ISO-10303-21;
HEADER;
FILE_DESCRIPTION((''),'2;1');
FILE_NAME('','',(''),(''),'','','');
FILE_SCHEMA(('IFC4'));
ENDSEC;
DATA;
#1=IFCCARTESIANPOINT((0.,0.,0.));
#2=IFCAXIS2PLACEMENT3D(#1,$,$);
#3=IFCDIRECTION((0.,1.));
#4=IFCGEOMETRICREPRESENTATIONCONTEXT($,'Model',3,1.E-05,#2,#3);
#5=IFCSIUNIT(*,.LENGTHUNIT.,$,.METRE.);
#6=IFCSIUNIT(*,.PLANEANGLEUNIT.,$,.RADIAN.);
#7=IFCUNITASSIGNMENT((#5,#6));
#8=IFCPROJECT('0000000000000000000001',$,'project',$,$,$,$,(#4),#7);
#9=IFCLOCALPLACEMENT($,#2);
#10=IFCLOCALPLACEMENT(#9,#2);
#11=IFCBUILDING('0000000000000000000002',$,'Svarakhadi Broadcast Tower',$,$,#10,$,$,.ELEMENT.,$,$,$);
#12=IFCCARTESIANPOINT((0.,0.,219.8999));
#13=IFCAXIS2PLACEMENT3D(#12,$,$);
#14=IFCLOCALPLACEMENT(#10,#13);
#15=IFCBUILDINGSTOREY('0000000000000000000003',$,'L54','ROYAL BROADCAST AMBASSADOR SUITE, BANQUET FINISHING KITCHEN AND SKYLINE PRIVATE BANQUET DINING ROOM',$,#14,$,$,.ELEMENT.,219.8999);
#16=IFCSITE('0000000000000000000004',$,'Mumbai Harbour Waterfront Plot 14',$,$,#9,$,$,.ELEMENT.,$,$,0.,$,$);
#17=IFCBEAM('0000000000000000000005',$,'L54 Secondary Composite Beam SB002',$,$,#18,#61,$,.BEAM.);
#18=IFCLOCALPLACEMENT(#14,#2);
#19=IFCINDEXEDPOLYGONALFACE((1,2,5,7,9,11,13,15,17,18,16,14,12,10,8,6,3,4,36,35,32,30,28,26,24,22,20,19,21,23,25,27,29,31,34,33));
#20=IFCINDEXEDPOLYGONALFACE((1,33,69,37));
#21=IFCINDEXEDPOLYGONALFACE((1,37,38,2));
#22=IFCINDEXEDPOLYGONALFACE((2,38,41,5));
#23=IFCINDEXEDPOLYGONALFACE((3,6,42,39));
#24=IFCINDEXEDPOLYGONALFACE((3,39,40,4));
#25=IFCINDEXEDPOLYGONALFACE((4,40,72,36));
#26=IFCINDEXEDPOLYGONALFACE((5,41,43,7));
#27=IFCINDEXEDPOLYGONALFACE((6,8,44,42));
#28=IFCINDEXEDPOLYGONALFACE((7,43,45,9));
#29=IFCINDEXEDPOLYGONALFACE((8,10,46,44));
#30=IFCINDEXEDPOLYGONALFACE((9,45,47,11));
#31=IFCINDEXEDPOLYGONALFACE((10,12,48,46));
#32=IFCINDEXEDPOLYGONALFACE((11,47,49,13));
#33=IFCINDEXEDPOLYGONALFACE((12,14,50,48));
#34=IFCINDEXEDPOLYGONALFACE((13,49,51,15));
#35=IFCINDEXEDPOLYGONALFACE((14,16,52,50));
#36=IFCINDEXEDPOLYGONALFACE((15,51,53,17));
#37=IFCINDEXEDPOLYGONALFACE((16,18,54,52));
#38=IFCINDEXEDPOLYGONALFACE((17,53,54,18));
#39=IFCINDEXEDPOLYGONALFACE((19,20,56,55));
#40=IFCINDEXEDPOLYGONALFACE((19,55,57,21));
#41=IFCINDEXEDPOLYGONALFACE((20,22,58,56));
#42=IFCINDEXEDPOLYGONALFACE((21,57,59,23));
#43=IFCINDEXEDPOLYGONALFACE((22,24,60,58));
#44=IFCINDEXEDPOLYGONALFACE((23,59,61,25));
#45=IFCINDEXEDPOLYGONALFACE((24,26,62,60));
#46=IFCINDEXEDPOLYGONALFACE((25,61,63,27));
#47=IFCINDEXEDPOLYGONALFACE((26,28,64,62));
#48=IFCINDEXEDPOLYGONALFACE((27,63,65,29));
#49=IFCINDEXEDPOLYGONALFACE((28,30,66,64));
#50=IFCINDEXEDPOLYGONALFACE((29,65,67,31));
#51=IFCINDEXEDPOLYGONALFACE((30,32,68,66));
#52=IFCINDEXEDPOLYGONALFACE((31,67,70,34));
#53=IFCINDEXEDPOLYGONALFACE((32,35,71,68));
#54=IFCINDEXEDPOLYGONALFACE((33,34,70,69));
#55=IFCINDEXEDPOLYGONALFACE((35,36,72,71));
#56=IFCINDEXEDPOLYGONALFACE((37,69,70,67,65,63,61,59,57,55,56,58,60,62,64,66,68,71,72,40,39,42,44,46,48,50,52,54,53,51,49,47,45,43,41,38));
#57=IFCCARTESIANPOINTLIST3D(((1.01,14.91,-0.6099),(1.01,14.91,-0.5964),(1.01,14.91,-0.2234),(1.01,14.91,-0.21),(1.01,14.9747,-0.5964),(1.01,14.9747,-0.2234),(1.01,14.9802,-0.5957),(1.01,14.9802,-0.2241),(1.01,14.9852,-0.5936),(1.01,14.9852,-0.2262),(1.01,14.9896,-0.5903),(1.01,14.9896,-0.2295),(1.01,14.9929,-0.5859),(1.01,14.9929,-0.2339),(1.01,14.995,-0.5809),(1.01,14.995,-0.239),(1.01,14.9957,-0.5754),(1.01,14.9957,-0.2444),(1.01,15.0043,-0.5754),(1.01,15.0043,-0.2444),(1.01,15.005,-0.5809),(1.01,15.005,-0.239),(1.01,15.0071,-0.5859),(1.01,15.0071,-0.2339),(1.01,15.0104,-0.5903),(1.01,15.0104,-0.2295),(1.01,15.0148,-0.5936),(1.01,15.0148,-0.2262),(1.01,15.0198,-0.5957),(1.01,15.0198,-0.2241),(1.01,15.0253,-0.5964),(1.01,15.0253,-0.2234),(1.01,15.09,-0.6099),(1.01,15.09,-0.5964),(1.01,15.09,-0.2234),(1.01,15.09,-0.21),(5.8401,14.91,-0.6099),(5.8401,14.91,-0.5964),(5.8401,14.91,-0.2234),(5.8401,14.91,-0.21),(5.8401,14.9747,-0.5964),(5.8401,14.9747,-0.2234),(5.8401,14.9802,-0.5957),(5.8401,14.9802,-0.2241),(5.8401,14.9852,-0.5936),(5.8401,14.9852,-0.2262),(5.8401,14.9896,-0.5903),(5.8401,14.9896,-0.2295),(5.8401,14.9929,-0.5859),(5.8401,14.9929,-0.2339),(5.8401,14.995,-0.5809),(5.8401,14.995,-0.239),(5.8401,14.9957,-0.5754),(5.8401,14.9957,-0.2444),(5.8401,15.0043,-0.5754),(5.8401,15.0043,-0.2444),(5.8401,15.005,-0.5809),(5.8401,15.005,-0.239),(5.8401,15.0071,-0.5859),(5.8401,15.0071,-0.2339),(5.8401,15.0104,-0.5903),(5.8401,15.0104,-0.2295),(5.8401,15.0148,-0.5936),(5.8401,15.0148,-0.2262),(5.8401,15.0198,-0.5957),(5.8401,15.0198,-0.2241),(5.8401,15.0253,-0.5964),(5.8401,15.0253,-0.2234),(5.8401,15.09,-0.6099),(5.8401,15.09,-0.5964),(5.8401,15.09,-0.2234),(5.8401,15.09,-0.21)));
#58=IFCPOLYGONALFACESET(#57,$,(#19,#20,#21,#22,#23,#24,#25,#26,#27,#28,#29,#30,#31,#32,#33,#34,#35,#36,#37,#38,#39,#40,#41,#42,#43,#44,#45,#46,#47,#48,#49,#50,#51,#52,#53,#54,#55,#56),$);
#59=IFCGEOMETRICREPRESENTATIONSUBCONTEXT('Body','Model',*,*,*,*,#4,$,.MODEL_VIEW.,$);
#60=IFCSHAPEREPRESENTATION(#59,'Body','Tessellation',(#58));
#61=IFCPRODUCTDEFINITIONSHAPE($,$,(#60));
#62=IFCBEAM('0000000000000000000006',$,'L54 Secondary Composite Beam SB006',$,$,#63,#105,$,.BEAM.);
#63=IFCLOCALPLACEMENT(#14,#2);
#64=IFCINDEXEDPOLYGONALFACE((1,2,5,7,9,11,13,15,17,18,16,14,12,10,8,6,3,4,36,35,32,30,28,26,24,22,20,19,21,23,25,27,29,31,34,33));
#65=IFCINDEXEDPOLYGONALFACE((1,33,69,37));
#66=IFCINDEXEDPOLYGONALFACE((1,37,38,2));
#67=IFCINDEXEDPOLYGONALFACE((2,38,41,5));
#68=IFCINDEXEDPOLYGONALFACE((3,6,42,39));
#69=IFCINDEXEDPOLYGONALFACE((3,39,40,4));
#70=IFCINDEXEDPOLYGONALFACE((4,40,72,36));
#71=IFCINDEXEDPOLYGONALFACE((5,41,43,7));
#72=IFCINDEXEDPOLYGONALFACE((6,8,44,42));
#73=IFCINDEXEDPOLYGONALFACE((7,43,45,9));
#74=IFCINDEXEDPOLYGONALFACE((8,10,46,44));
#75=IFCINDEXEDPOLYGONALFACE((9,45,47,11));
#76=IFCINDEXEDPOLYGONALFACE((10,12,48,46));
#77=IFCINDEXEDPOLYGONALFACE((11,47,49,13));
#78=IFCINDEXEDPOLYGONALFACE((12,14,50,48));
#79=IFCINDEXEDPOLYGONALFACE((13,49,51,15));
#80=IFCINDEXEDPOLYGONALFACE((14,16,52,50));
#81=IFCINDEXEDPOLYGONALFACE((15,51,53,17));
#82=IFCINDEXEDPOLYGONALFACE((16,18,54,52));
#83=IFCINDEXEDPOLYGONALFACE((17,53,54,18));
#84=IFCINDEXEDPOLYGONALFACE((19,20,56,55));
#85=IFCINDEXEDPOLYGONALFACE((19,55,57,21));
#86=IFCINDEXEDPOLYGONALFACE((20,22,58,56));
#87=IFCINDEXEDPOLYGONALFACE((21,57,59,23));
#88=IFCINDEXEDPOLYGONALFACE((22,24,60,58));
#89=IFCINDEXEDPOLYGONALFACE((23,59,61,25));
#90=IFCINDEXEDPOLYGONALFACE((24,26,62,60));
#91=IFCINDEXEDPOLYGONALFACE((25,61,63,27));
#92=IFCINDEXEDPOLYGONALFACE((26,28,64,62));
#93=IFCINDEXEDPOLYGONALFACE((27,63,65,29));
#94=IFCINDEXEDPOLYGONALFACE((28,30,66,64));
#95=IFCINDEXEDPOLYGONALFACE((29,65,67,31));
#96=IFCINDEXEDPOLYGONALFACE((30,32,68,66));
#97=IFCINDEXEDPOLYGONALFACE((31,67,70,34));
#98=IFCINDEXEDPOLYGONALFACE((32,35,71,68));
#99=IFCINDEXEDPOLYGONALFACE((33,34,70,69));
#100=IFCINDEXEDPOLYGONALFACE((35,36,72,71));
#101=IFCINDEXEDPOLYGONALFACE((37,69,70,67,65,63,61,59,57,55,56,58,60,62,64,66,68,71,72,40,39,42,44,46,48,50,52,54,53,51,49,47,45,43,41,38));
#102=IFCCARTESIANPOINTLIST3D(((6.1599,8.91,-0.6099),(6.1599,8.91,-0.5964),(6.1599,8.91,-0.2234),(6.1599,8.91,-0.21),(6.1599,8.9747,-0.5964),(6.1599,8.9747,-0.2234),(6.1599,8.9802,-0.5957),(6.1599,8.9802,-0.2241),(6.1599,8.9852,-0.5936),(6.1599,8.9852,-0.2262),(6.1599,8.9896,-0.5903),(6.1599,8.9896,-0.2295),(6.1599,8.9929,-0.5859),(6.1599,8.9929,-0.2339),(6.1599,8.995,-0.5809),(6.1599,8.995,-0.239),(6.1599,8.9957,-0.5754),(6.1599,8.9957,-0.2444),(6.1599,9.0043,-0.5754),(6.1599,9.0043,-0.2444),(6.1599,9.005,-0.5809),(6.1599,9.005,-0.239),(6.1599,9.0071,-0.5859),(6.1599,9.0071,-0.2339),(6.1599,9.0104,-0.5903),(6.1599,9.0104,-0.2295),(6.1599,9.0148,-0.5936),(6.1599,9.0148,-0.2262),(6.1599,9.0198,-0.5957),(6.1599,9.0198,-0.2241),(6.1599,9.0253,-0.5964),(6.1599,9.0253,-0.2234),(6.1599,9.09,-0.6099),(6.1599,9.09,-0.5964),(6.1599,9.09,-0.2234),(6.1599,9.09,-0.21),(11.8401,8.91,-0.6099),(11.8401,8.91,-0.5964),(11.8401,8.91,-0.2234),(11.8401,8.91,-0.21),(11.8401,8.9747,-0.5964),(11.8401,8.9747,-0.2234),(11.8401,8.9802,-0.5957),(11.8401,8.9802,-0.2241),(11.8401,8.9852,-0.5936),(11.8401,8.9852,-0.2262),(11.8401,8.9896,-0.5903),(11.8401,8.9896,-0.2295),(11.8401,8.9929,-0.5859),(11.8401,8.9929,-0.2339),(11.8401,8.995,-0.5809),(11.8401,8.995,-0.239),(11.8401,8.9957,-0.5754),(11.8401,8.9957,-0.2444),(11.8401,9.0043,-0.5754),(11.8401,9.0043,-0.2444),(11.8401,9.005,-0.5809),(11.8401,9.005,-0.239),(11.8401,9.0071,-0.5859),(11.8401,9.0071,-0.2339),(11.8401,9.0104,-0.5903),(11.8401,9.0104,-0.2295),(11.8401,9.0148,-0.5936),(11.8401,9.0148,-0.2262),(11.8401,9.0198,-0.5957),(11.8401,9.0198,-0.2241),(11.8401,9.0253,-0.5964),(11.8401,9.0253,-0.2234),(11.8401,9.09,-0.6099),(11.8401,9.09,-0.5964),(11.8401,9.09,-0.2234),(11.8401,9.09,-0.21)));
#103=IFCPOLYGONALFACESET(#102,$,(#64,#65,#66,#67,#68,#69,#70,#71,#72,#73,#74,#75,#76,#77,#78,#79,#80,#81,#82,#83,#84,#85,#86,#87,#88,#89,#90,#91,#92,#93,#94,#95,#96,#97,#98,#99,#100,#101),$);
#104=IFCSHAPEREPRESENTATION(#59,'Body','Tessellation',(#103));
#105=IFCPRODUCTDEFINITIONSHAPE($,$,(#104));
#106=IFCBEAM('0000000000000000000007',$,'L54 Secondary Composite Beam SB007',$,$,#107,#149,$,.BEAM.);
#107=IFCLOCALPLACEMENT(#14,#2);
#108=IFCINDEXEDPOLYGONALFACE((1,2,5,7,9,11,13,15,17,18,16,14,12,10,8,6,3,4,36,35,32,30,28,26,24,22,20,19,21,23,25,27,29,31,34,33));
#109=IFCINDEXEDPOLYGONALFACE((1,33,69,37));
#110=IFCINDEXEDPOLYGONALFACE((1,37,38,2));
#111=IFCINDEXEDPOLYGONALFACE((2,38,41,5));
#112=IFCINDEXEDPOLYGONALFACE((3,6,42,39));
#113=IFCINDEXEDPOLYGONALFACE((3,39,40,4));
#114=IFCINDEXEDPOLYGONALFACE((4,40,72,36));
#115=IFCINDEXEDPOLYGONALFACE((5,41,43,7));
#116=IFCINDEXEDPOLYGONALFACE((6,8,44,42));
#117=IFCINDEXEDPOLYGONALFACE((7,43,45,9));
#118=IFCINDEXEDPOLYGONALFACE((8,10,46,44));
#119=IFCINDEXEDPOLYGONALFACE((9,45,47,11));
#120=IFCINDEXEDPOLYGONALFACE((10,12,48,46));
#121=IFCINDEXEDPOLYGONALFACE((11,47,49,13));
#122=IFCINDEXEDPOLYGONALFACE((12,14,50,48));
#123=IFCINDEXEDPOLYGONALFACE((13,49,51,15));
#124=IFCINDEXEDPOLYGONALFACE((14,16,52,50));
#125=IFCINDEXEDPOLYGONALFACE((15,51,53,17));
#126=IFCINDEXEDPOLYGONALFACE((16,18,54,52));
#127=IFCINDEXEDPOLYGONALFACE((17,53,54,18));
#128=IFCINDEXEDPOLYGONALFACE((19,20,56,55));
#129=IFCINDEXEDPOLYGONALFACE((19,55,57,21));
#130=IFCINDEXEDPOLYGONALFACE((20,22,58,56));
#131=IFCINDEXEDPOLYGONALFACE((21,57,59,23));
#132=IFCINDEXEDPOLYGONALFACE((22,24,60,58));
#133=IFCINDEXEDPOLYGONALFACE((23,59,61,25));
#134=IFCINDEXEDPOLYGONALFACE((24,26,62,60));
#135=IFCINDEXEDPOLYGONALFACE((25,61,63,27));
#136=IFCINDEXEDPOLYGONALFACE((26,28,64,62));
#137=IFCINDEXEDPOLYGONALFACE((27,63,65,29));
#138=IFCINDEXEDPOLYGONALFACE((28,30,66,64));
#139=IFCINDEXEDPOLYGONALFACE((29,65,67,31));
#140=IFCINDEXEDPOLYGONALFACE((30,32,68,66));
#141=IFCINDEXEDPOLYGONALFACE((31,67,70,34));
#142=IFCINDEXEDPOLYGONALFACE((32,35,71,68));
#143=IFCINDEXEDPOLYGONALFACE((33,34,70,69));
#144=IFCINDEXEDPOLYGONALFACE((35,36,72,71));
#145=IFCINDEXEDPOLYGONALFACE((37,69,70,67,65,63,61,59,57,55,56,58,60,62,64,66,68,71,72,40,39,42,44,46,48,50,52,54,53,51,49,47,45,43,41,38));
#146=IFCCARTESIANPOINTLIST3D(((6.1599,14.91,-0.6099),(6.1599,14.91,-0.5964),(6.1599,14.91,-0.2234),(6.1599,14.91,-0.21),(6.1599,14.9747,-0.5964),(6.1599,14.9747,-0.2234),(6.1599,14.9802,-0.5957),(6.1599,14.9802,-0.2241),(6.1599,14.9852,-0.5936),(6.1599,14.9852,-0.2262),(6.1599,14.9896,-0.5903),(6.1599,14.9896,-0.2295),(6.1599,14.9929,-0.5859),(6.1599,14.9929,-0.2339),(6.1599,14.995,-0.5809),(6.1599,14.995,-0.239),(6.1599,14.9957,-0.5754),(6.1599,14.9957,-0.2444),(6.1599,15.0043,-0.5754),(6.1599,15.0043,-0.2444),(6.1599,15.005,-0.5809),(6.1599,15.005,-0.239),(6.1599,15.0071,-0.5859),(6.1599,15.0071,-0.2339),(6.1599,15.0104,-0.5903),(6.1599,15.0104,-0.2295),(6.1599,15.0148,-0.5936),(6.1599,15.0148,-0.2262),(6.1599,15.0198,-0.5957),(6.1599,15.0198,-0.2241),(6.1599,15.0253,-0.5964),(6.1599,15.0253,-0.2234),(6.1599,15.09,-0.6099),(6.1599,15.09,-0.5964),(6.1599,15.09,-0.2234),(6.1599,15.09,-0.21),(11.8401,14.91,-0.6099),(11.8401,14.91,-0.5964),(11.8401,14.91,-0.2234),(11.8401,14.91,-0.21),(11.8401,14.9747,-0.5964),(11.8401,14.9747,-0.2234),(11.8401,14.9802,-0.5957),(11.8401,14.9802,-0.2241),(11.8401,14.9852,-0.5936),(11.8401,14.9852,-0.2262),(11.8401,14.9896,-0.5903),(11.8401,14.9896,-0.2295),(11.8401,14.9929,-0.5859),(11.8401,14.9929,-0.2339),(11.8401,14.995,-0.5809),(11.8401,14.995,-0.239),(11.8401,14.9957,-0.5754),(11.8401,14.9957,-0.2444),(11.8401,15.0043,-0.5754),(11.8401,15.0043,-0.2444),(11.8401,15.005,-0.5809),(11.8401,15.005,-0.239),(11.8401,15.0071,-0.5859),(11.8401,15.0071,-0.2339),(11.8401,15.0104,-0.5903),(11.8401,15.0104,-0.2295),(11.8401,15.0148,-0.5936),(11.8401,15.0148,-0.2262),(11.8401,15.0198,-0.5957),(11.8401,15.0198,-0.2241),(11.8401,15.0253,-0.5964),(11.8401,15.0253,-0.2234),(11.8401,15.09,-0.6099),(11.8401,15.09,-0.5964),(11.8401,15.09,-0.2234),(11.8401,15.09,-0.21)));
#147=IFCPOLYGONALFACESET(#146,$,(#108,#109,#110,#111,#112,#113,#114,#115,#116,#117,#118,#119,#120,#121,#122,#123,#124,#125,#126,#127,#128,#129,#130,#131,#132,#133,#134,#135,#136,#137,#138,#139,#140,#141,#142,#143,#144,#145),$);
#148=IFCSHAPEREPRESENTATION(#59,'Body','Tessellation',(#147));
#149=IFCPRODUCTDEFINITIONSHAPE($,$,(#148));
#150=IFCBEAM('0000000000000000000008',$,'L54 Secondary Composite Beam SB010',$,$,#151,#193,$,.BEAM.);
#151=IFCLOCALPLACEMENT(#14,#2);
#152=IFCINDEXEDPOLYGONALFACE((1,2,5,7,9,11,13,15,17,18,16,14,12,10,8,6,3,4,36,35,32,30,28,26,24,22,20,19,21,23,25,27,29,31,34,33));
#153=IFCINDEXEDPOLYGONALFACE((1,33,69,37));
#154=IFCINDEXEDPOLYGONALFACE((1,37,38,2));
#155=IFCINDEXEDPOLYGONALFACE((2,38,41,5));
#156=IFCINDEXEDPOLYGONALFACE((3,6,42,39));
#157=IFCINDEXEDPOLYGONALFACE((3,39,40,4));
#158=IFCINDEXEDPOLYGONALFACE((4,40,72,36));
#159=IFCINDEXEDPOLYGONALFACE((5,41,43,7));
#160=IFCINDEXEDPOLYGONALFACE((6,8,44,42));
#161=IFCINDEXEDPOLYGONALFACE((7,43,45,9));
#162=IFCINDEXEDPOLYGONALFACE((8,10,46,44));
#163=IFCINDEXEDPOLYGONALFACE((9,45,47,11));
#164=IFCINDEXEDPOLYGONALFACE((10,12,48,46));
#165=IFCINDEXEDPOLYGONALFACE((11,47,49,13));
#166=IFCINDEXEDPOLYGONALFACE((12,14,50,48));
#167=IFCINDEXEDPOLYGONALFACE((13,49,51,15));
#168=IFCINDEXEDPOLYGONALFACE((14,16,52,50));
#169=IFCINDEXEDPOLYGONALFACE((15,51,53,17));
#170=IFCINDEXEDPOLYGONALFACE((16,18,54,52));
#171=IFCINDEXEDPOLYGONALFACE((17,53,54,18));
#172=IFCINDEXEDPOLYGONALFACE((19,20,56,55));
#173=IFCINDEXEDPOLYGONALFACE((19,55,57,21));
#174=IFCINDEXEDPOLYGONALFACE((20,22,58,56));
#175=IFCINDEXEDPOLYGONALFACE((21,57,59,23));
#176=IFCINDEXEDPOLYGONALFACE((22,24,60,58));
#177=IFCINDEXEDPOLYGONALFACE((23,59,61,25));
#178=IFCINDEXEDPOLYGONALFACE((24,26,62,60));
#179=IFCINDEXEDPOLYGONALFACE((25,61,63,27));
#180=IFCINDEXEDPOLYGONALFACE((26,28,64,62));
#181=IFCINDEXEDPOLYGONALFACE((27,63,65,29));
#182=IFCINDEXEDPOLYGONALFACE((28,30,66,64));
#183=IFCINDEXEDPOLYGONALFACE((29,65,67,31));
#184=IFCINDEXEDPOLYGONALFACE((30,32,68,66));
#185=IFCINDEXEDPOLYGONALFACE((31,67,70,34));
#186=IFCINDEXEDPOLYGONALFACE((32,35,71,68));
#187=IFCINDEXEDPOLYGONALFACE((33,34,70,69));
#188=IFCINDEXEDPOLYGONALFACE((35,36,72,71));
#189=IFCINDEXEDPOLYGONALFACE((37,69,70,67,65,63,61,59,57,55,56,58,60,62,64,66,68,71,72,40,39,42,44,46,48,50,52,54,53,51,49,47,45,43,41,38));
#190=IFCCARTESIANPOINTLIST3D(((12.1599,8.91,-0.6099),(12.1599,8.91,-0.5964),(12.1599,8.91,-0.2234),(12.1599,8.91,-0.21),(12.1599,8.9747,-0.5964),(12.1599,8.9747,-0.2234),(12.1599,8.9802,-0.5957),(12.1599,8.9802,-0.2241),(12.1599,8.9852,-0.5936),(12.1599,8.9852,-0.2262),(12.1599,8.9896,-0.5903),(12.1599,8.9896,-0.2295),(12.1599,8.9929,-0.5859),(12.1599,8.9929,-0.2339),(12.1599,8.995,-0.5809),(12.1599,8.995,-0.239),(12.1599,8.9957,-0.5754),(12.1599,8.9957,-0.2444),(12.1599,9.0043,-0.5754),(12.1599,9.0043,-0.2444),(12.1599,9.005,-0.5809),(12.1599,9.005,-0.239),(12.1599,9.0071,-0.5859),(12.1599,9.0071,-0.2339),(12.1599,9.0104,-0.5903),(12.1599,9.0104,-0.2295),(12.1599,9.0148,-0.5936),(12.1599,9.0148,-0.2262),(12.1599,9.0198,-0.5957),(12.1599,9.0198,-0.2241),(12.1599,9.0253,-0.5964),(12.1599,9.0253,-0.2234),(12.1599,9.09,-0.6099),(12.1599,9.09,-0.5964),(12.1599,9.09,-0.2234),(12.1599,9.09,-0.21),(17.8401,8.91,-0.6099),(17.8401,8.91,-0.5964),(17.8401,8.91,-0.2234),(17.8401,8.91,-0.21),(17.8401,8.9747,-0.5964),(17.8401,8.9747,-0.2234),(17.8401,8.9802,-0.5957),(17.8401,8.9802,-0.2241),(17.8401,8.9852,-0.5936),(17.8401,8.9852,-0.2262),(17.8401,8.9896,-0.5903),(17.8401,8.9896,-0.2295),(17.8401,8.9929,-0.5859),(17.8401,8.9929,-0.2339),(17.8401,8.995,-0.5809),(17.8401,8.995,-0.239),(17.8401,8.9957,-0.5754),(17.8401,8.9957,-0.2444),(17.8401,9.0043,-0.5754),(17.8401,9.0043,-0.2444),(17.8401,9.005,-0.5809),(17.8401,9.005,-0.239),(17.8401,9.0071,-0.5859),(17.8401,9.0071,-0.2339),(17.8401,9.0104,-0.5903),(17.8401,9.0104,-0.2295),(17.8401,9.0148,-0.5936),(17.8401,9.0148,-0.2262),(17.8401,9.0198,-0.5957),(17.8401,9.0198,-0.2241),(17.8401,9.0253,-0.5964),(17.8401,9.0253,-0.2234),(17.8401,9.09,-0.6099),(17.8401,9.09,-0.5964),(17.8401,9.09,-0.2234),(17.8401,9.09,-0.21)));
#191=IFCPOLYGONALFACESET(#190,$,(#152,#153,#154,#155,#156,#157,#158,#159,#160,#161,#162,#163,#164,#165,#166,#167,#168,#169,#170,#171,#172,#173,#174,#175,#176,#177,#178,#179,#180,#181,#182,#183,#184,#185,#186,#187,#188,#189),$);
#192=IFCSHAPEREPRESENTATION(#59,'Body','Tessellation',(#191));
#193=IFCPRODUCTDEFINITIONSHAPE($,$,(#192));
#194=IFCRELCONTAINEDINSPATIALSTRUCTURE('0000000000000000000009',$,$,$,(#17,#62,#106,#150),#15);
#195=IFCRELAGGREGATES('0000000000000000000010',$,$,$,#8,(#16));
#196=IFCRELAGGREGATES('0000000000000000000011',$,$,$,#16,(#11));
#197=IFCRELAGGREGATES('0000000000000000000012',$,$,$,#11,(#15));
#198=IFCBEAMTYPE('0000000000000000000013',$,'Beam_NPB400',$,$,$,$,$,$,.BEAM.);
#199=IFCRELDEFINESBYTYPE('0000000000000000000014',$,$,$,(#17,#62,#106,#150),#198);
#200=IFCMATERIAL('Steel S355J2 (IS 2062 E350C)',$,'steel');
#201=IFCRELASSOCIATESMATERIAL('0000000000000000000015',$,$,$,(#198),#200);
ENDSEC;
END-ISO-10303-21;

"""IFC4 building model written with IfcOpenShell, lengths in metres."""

from ifc_helpers import new_model, si_unit, direction, frame, origin, origin_2d, place, context, subcontext, project, spatial, i_section, extrude, material, material_profile, profile_set, type_object, element, save


model = new_model("IFC4")

# Units and contexts
model_context = context("Model", 3, precision=1e-05, world=origin(), true_north=direction((0.0, 1.0)))
body_context = subcontext(model_context, "Body", "Model", "MODEL_VIEW")
ifc_project = project(units=[si_unit("LENGTHUNIT", "METRE"), si_unit("PLANEANGLEUNIT", "RADIAN")], contexts=[model_context])

# Site, building, storey
site_placement = place(None, origin())
site = spatial("IfcSite", under=ifc_project, at=site_placement, Name="Mumbai Harbour Waterfront Plot 14", CompositionType="ELEMENT", RefElevation=0.0)
building_placement = place(site_placement, origin())
building = spatial("IfcBuilding", under=site, at=building_placement, Name="Svarakhadi Broadcast Tower", CompositionType="ELEMENT")
storey_placement = place(building_placement, frame((0.0, 0.0, 219.8999)))
storey = spatial("IfcBuildingStorey", under=building, at=storey_placement, Name="L54", Description="ROYAL BROADCAST AMBASSADOR SUITE, BANQUET FINISHING KITCHEN AND SKYLINE PRIVATE BANQUET DINING ROOM", CompositionType="ELEMENT", Elevation=219.8999)

# Beams
ifc_material_1 = material(Name="Steel S355J2 (IS 2062 E350C)", Category="steel")
ifc_material_profile_1 = material_profile(ifc_material_1, i_section(OverallWidth=0.1799, OverallDepth=0.3999, WebThickness=0.0085, FlangeThickness=0.0134, FilletRadius=0.021, at=origin_2d()), Name="NPB 400x180x66")
ifc_profile_set_1 = profile_set([ifc_material_profile_1], Name="Steel S355J2 (IS 2062 E350C)")
beam_type_1 = type_object("IfcBeamType", Name="Beam_NPB400", PredefinedType="BEAM", material=ifc_profile_set_1)
for number, where, z_axis, x_axis, name in (
    (1, (1.01, 15.0, -0.4099), (1.0, 0.0, 0.0), (0.0, 1.0, 0.0), "L54 Secondary Composite Beam SB002"),
):
    element("IfcBeam", number, at=place(storey_placement, frame(where, z_axis=z_axis, x_axis=x_axis)), inside=storey, type_object=beam_type_1, Name=name, PredefinedType="BEAM", context=body_context, shape_type="SweptSolid", body=[
        extrude(i_section(OverallWidth=0.1799, OverallDepth=0.3999, WebThickness=0.0085, FlangeThickness=0.0134, FilletRadius=0.021, at=origin_2d()), origin(), (0.0, 0.0, 1.0), 4.8301),
    ])
for number, where, z_axis, x_axis, name in (
    (2, (6.1599, 9.0, -0.4099), (1.0, 0.0, 0.0), (0.0, 1.0, 0.0), "L54 Secondary Composite Beam SB006"),
    (3, (6.1599, 15.0, -0.4099), (1.0, 0.0, 0.0), (0.0, 1.0, 0.0), "L54 Secondary Composite Beam SB007"),
    (4, (12.1599, 9.0, -0.4099), (1.0, 0.0, 0.0), (0.0, 1.0, 0.0), "L54 Secondary Composite Beam SB010"),
):
    element("IfcBeam", number, at=place(storey_placement, frame(where, z_axis=z_axis, x_axis=x_axis)), inside=storey, type_object=beam_type_1, Name=name, PredefinedType="BEAM", context=body_context, shape_type="SweptSolid", body=[
        extrude(i_section(OverallWidth=0.1799, OverallDepth=0.3999, WebThickness=0.0085, FlangeThickness=0.0134, FilletRadius=0.021, at=origin_2d()), origin(), (0.0, 0.0, 1.0), 5.6802),
    ])

save(model, "model.ifc")
